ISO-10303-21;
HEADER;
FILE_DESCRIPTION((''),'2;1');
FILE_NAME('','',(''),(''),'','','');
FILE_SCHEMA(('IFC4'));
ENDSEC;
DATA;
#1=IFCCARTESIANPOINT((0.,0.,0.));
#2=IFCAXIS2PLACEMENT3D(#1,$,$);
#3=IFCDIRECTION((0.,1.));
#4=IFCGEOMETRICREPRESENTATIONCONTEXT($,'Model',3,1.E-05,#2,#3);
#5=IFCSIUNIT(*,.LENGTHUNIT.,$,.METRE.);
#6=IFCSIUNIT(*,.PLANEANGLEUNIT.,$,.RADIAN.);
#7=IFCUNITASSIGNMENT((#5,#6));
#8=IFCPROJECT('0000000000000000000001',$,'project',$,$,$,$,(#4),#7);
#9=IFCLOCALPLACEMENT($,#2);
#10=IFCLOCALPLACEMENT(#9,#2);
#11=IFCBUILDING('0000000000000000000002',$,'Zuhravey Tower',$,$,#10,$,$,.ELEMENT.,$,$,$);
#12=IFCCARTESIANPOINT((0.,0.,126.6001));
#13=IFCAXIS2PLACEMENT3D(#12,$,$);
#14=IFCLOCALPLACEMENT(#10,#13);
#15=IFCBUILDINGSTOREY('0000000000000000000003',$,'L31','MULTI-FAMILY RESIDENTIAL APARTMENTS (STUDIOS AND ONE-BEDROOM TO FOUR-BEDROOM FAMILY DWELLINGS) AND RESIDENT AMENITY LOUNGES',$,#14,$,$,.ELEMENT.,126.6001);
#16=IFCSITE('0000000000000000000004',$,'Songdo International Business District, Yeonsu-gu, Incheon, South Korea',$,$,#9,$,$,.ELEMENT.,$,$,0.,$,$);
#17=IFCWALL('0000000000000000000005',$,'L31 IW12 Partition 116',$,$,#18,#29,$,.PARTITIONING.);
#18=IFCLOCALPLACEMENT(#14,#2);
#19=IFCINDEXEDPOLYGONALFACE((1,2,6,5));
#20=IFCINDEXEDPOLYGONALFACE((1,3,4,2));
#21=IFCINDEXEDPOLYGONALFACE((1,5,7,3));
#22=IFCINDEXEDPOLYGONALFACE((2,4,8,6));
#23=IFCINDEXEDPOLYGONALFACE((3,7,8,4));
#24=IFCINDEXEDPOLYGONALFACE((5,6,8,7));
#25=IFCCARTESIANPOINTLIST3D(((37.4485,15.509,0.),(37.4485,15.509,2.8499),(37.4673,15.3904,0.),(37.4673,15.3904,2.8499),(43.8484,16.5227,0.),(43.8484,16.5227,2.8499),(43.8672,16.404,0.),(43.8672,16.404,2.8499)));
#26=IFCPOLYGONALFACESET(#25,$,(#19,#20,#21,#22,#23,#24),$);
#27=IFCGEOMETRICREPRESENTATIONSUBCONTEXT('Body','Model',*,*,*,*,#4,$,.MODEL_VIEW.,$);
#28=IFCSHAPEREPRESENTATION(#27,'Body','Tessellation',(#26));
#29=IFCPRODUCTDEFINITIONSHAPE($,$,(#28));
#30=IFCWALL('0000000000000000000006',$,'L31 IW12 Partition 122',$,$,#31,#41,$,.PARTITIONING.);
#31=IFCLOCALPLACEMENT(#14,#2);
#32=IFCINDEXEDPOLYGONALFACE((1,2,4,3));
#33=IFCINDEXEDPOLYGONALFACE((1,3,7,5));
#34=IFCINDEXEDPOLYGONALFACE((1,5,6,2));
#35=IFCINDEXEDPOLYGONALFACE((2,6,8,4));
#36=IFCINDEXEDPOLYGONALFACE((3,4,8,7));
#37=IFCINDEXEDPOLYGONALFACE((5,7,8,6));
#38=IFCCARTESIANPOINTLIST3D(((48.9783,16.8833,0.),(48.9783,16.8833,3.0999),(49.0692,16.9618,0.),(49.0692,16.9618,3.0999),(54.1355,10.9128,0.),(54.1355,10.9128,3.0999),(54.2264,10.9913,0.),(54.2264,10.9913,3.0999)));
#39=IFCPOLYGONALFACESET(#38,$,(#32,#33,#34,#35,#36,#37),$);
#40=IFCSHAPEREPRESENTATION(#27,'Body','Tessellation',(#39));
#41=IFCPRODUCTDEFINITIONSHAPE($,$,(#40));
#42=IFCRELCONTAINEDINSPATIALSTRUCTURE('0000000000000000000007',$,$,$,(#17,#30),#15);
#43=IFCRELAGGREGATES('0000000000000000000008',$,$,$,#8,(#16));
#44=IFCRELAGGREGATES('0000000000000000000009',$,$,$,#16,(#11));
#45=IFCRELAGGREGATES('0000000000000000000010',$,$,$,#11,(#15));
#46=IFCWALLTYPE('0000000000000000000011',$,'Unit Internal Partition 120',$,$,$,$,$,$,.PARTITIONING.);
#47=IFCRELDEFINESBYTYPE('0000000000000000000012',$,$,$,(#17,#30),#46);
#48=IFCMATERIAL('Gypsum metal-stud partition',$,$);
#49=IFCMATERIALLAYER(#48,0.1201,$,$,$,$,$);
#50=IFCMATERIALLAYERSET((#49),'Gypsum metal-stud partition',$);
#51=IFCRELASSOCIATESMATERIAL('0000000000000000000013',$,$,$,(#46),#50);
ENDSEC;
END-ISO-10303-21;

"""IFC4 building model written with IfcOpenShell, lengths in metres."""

from ifc_helpers import new_model, si_unit, direction, frame, frame_2d, origin, place, context, subcontext, project, spatial, rectangle, extrude, material, layer, layer_set, type_object, element, save


model = new_model("IFC4")

# Units and contexts
model_context = context("Model", 3, precision=1e-05, world=origin(), true_north=direction((0.0, 1.0)))
body_context = subcontext(model_context, "Body", "Model", "MODEL_VIEW")
ifc_project = project(units=[si_unit("LENGTHUNIT", "METRE"), si_unit("PLANEANGLEUNIT", "RADIAN")], contexts=[model_context])

# Site, building, storey
site_placement = place(None, origin())
site = spatial("IfcSite", under=ifc_project, at=site_placement, Name="Songdo International Business District, Yeonsu-gu, Incheon, South Korea", CompositionType="ELEMENT", RefElevation=0.0)
building_placement = place(site_placement, origin())
building = spatial("IfcBuilding", under=site, at=building_placement, Name="Zuhravey Tower", CompositionType="ELEMENT")
storey_placement = place(building_placement, frame((0.0, 0.0, 126.6001)))
storey = spatial("IfcBuildingStorey", under=building, at=storey_placement, Name="L31", Description="MULTI-FAMILY RESIDENTIAL APARTMENTS (STUDIOS AND ONE-BEDROOM TO FOUR-BEDROOM FAMILY DWELLINGS) AND RESIDENT AMENITY LOUNGES", CompositionType="ELEMENT", Elevation=126.6001)

# Shared definitions
ifc_material_1 = material(Name="Gypsum metal-stud partition")
ifc_layer = layer(ifc_material_1, 0.1201)
ifc_layer_set = layer_set([ifc_layer], Name="Gypsum metal-stud partition")
wall_type = type_object("IfcWallType", Name="Unit Internal Partition 120", PredefinedType="PARTITIONING", material=ifc_layer_set)

# Walls
wall_1_placement = place(storey_placement, frame((37.458, 15.4497, 0.0), z_axis=(0.0, 0.0, 1.0), x_axis=(0.987688, 0.156439, 0.0)))
element("IfcWall", 1, at=wall_1_placement, inside=storey, type_object=wall_type, Name="L31 IW12 Partition 116", PredefinedType="PARTITIONING", context=body_context, shape_type="SweptSolid", body=[
    extrude(rectangle(XDim=6.4797, YDim=0.1201, at=frame_2d((3.2397, 0.0))), origin(), (0.0, 0.0, 1.0), 2.8499),
])
wall_2_placement = place(storey_placement, frame((49.0237, 16.9226, 0.0), z_axis=(0.0, 0.0, 1.0), x_axis=(0.653687, -0.756765, 0.0)))
element("IfcWall", 2, at=wall_2_placement, inside=storey, type_object=wall_type, Name="L31 IW12 Partition 122", PredefinedType="PARTITIONING", context=body_context, shape_type="SweptSolid", body=[
    extrude(rectangle(XDim=7.8894, YDim=0.1201, at=frame_2d((3.9448, 0.0))), origin(), (0.0, 0.0, 1.0), 3.0999),
])

save(model, "model.ifc")
